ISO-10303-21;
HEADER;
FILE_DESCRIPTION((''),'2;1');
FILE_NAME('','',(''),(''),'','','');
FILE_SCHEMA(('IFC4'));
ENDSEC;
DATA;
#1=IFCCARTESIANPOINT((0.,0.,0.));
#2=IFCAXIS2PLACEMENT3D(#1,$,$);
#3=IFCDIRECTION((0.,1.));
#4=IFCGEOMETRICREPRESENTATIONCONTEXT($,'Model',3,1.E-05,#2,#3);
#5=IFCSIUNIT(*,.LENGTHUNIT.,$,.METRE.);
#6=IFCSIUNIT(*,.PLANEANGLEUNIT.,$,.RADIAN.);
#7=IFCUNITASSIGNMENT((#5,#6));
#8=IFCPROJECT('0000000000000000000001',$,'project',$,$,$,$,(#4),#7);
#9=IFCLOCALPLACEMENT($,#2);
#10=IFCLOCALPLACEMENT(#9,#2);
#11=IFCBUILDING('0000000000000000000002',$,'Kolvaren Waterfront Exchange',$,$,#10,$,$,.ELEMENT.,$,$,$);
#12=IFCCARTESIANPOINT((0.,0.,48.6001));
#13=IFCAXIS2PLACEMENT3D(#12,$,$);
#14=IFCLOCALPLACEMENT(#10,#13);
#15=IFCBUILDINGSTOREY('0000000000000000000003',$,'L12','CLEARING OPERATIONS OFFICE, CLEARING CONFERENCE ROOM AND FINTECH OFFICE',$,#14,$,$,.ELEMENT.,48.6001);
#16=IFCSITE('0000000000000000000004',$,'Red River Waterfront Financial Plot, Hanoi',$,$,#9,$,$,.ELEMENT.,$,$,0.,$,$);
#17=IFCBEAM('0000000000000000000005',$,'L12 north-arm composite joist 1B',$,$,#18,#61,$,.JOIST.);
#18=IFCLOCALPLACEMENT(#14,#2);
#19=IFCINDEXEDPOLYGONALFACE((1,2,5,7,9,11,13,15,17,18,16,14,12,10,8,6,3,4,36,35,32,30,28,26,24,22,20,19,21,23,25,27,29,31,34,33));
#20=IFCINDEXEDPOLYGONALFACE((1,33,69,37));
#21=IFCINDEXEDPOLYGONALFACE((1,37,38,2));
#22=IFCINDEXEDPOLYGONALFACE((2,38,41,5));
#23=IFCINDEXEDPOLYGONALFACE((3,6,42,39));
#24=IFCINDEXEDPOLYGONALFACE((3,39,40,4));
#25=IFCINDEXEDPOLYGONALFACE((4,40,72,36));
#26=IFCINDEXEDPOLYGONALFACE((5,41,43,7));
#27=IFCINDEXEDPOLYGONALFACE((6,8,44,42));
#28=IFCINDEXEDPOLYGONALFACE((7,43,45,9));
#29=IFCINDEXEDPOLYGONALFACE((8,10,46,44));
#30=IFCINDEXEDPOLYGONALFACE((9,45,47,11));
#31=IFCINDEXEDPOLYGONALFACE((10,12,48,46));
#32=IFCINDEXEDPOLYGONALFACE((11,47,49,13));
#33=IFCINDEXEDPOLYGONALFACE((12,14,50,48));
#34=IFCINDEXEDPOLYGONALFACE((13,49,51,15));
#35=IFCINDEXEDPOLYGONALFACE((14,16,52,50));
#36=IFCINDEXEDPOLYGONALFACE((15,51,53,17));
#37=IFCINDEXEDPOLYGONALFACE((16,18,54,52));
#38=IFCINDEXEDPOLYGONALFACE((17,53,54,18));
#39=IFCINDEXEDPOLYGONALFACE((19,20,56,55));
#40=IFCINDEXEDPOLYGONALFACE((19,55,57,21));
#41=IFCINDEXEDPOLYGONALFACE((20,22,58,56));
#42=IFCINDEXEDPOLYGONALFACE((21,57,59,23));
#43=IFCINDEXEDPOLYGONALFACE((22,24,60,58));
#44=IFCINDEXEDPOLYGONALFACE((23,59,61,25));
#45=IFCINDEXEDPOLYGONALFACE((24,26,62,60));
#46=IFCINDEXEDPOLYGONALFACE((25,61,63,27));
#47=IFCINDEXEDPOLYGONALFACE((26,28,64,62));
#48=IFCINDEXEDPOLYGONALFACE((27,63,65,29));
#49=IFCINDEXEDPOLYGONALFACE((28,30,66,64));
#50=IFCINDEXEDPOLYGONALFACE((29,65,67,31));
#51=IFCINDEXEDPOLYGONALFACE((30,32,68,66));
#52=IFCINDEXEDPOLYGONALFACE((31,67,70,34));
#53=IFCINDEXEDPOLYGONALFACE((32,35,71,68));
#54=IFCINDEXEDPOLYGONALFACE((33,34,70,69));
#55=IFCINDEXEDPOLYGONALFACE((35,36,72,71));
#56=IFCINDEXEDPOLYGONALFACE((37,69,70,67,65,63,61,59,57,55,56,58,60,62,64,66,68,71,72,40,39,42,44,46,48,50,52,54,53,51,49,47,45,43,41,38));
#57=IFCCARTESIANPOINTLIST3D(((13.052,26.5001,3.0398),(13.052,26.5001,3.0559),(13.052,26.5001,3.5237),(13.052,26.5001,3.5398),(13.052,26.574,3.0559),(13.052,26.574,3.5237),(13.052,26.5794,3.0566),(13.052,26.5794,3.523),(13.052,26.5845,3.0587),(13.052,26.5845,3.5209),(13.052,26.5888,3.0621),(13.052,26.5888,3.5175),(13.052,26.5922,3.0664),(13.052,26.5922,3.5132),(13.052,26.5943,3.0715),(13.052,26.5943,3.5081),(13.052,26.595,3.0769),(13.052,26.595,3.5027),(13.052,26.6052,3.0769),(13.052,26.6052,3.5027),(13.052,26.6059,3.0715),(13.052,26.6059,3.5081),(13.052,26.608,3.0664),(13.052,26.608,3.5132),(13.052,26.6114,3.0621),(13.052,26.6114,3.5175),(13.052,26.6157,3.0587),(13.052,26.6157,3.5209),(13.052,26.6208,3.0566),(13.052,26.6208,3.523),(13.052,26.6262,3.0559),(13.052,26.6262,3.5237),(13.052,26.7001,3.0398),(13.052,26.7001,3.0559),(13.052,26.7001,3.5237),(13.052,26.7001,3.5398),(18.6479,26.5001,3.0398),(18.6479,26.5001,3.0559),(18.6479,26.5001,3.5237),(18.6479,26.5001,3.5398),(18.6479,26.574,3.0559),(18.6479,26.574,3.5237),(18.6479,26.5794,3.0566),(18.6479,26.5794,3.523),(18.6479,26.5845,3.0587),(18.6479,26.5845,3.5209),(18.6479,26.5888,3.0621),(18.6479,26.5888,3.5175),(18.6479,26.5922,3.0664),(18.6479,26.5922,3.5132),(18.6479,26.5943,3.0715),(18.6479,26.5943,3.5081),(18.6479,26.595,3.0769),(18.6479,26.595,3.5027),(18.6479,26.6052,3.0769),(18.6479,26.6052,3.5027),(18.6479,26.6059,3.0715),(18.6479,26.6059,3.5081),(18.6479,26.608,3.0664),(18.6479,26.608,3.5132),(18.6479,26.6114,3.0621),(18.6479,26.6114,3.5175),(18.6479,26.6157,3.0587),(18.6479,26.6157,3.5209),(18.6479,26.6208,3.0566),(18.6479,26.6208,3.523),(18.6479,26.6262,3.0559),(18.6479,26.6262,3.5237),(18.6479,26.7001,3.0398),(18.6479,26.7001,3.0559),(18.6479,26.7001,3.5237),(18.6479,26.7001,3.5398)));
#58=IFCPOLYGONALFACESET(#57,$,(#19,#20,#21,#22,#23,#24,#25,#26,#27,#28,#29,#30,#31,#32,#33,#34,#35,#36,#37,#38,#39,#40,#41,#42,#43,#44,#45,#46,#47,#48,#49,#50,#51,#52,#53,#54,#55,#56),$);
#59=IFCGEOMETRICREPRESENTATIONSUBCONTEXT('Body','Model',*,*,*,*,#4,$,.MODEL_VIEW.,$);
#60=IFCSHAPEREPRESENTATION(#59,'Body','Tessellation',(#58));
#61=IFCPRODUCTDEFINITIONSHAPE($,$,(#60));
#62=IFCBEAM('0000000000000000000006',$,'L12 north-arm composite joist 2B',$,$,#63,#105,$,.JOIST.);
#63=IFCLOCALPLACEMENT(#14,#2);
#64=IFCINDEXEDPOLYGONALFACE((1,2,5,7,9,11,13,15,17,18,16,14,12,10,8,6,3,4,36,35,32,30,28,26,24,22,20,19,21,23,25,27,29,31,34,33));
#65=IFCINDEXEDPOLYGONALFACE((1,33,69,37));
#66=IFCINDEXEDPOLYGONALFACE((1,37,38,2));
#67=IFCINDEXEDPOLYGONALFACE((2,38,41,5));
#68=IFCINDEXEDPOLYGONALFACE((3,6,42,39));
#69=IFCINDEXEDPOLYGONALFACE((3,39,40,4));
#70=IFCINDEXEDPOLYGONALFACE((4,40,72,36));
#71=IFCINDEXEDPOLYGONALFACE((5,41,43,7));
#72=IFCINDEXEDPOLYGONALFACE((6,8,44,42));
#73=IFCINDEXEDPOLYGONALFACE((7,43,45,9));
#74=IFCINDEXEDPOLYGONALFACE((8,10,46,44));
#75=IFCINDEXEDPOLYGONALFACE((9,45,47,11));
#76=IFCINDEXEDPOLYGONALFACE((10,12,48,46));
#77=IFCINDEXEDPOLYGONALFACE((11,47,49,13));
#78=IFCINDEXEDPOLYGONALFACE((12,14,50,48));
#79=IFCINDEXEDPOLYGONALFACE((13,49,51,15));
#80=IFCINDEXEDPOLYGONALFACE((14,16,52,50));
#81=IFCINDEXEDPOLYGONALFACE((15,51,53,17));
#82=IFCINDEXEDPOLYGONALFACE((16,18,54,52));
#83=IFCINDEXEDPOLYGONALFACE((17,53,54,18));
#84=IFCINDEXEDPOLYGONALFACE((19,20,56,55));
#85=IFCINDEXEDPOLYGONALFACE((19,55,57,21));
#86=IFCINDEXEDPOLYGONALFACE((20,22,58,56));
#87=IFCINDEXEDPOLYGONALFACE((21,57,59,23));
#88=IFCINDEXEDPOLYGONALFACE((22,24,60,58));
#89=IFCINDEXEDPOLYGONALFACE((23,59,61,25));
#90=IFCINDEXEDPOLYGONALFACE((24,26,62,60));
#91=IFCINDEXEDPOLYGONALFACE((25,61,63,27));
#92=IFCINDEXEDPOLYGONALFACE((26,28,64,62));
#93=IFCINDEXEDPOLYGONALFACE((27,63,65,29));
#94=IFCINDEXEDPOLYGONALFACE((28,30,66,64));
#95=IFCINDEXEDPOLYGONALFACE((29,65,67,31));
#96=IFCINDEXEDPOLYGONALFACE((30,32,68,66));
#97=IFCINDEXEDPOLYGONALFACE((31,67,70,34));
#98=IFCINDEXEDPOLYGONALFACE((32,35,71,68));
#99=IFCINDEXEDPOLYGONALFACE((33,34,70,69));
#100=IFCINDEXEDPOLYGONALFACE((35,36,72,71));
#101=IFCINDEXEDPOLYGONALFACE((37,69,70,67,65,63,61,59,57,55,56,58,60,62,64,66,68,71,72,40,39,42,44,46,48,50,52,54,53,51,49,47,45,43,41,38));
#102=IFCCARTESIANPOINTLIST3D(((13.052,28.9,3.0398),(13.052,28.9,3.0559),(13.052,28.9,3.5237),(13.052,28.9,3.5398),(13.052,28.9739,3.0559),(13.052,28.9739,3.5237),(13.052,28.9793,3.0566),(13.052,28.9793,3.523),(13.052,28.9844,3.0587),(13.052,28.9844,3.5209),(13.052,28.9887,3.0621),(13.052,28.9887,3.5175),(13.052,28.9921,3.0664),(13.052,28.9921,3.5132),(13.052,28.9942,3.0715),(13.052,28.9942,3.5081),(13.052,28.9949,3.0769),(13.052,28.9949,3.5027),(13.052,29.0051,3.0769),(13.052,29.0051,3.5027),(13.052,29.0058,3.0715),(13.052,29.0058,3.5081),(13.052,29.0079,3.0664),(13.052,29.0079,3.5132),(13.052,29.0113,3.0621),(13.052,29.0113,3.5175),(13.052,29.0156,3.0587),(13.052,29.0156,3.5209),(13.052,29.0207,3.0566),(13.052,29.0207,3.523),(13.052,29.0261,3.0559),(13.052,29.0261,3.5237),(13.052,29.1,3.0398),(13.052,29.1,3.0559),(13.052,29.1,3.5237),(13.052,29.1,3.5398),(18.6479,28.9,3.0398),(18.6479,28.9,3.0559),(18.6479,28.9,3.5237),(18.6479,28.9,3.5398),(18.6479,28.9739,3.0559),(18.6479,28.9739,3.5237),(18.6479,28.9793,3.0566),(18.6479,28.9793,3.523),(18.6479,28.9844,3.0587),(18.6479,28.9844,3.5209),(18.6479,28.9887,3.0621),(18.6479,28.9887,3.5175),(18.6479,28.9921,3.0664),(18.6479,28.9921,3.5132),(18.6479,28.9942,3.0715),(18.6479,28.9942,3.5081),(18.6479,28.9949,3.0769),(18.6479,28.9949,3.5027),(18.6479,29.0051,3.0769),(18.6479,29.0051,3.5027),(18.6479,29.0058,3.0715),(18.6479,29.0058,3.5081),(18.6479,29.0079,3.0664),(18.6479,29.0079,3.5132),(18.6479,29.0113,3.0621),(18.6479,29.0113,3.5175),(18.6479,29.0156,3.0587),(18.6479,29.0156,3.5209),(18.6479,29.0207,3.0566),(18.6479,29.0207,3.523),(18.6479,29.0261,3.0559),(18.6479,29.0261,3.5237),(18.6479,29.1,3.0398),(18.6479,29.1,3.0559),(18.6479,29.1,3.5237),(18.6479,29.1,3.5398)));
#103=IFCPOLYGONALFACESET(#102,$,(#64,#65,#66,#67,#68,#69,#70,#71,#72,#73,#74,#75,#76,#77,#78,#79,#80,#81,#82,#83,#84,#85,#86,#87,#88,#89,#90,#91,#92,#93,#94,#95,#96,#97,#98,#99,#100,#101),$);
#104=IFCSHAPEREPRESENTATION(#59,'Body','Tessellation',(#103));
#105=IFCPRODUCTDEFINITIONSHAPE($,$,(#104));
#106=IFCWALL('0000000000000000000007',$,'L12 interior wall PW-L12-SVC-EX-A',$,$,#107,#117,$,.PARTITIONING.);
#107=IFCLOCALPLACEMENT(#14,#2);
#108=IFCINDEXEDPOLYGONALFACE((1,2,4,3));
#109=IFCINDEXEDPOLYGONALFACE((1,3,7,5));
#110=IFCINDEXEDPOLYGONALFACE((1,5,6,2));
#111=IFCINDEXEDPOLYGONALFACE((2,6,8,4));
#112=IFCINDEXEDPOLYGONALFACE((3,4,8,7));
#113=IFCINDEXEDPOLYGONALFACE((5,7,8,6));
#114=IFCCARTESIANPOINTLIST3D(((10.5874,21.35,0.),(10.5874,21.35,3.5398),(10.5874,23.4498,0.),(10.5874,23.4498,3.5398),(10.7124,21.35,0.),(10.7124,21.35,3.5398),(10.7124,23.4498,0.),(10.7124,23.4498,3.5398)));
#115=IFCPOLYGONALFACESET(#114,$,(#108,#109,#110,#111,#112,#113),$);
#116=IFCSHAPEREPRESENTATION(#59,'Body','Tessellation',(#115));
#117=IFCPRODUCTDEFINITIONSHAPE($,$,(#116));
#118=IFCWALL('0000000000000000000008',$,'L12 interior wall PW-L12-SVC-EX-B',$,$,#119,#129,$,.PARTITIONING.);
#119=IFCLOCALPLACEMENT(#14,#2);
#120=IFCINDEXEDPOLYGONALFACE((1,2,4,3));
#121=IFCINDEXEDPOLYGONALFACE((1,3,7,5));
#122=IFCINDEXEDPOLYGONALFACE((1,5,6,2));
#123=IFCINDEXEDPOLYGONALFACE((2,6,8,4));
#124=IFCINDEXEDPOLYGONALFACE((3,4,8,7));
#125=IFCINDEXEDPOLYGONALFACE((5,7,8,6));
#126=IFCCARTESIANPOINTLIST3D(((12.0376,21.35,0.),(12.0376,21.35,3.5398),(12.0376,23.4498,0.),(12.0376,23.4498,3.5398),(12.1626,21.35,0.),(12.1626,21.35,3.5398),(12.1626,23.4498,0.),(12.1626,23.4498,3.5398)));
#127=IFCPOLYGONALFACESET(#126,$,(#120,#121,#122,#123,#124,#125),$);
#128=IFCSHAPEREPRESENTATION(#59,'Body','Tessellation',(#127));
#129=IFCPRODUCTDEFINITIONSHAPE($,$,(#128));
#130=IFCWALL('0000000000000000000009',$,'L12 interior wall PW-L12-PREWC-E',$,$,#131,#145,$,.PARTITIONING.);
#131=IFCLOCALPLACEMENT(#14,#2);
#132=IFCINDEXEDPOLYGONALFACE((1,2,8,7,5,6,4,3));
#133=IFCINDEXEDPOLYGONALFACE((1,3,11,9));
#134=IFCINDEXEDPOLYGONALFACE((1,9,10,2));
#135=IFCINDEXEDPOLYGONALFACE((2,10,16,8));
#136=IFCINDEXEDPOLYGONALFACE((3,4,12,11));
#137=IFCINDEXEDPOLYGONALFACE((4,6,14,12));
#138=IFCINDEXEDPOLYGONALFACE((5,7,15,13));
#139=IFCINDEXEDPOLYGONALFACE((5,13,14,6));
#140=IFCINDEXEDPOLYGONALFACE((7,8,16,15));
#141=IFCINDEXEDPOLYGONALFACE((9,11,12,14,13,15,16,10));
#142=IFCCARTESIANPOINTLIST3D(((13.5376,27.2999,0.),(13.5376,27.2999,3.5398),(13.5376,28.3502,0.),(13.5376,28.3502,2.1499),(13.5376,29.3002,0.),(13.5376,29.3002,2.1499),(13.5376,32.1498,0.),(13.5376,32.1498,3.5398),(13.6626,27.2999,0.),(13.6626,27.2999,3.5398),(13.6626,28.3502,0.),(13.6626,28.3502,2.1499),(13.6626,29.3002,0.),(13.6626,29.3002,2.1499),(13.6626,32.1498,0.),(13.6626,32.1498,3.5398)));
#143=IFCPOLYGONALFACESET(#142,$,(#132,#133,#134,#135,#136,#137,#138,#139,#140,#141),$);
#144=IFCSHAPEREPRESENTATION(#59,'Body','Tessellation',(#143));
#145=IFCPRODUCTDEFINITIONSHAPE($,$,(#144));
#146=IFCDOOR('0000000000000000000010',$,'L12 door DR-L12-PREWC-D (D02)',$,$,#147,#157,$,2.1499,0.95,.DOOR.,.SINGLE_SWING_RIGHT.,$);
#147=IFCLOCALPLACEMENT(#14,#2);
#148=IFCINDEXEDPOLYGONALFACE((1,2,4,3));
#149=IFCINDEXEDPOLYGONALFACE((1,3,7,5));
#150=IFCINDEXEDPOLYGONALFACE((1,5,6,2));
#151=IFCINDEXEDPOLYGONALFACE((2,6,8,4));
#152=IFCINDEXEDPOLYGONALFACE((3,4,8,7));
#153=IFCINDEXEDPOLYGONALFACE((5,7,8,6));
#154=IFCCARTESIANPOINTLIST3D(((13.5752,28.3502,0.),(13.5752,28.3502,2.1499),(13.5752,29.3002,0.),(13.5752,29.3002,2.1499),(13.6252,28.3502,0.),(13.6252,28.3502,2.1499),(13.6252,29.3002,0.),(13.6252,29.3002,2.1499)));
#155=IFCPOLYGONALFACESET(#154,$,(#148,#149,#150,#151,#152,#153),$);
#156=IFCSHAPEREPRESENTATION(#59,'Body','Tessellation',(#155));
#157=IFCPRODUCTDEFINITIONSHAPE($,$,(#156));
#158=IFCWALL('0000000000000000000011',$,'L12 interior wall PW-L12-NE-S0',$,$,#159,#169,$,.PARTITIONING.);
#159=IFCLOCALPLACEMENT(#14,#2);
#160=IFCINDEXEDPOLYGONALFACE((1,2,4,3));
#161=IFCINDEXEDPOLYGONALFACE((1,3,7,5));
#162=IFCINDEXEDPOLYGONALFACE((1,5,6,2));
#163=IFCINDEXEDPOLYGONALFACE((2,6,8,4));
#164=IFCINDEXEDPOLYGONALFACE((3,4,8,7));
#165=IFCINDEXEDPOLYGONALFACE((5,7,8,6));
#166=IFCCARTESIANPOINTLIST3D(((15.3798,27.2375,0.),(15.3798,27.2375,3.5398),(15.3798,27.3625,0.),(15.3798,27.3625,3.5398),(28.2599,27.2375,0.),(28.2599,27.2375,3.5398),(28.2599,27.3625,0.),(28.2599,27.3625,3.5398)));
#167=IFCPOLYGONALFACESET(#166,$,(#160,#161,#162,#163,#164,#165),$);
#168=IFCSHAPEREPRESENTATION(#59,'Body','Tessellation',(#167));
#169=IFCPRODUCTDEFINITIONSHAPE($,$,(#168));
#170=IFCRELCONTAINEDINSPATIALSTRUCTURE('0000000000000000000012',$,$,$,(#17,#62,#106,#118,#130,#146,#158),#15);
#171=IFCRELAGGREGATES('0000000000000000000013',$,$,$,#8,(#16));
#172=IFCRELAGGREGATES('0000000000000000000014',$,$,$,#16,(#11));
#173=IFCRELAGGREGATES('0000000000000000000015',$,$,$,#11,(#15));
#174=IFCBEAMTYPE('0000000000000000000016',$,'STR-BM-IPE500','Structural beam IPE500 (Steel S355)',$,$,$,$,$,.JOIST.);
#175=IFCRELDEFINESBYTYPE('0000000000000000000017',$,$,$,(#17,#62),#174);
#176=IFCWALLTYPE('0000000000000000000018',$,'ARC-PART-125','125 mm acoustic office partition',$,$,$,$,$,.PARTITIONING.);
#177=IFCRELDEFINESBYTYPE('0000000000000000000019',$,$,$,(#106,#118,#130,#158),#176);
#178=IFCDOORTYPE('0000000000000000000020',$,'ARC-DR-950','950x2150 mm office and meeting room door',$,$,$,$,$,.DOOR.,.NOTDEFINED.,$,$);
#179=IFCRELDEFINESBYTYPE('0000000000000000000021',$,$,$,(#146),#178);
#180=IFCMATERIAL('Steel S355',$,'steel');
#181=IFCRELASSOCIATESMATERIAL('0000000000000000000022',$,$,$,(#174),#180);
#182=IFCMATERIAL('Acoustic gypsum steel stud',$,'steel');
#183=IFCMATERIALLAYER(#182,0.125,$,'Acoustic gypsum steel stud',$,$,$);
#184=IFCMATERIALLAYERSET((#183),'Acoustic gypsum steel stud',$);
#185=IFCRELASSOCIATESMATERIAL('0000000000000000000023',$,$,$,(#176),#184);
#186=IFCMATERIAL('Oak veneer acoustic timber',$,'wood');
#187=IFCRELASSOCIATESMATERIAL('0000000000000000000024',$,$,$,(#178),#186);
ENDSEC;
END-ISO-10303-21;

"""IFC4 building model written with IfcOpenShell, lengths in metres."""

from ifc_helpers import new_model, si_unit, direction, frame, frame_2d, origin, origin_2d, place, context, subcontext, project, spatial, rectangle, i_section, extrude, material, layer, layer_set, material_profile, profile_set, type_object, element, fill, save


model = new_model("IFC4")

# Units and contexts
model_context = context("Model", 3, precision=1e-05, world=origin(), true_north=direction((0.0, 1.0)))
body_context = subcontext(model_context, "Body", "Model", "MODEL_VIEW")
ifc_project = project(units=[si_unit("LENGTHUNIT", "METRE"), si_unit("PLANEANGLEUNIT", "RADIAN")], contexts=[model_context])

# Site, building, storey
site_placement = place(None, origin())
site = spatial("IfcSite", under=ifc_project, at=site_placement, Name="Red River Waterfront Financial Plot, Hanoi", CompositionType="ELEMENT", RefElevation=0.0)
building_placement = place(site_placement, origin())
building = spatial("IfcBuilding", under=site, at=building_placement, Name="Kolvaren Waterfront Exchange", CompositionType="ELEMENT")
storey_placement = place(building_placement, frame((0.0, 0.0, 48.6001)))
storey = spatial("IfcBuildingStorey", under=building, at=storey_placement, Name="L12", Description="CLEARING OPERATIONS OFFICE, CLEARING CONFERENCE ROOM AND FINTECH OFFICE", CompositionType="ELEMENT", Elevation=48.6001)

# Beams
ifc_material_1 = material(Name="Steel S355", Category="steel")
ifc_material_profile_1 = material_profile(ifc_material_1, i_section(OverallWidth=0.2, OverallDepth=0.5, WebThickness=0.0103, FlangeThickness=0.0161, FilletRadius=0.021, at=origin_2d()), Name="IPE500")
ifc_profile_set_1 = profile_set([ifc_material_profile_1], Name="Steel S355")
beam_type_1 = type_object("IfcBeamType", Name="STR-BM-IPE500", Description="Structural beam IPE500 (Steel S355)", PredefinedType="JOIST", material=ifc_profile_set_1)
for number, where, z_axis, x_axis, name in (
    (1, (13.052, 26.6001, 3.2898), (1.0, 0.0, 0.0), (0.0, 1.0, 0.0), "L12 north-arm composite joist 1B"),
    (2, (13.052, 29.0, 3.2898), (1.0, 0.0, 0.0), (0.0, 1.0, 0.0), "L12 north-arm composite joist 2B"),
):
    element("IfcBeam", number, at=place(storey_placement, frame(where, z_axis=z_axis, x_axis=x_axis)), inside=storey, type_object=beam_type_1, Name=name, PredefinedType="JOIST", context=body_context, shape_type="SweptSolid", body=[
        extrude(i_section(OverallWidth=0.2, OverallDepth=0.5, WebThickness=0.0103, FlangeThickness=0.0161, FilletRadius=0.021, at=origin_2d()), origin(), (0.0, 0.0, 1.0), 5.5959),
    ])

# Shared definitions
ifc_material_2 = material(Name="Acoustic gypsum steel stud", Category="steel")
ifc_layer_1 = layer(ifc_material_2, 0.125, Name="Acoustic gypsum steel stud")
ifc_layer_set_1 = layer_set([ifc_layer_1], Name="Acoustic gypsum steel stud")
wall_type_1 = type_object("IfcWallType", Name="ARC-PART-125", Description="125 mm acoustic office partition", PredefinedType="PARTITIONING", material=ifc_layer_set_1)

# Walls
for number, where, z_axis, x_axis, name in (
    (3, (10.6499, 21.3501, 0.0), (0.0, 0.0, 1.0), (0.0, 1.0, 0.0), "L12 interior wall PW-L12-SVC-EX-A"),
    (4, (12.1001, 21.3501, 0.0), (0.0, 0.0, 1.0), (0.0, 1.0, 0.0), "L12 interior wall PW-L12-SVC-EX-B"),
):
    element("IfcWall", number, at=place(storey_placement, frame(where, z_axis=z_axis, x_axis=x_axis)), inside=storey, type_object=wall_type_1, Name=name, PredefinedType="PARTITIONING", context=body_context, shape_type="SweptSolid", body=[
        extrude(rectangle(XDim=2.0999, YDim=0.125, at=frame_2d((1.0498, 0.0))), origin(), (0.0, 0.0, 1.0), 3.5398),
    ])

# Wall, opening, door
wall_1_placement = place(storey_placement, frame((13.6001, 27.3, 0.0), z_axis=(0.0, 0.0, 1.0), x_axis=(0.0, 1.0, 0.0)))
wall_1 = element("IfcWall", 5, at=wall_1_placement, inside=storey, type_object=wall_type_1, Name="L12 interior wall PW-L12-PREWC-E", PredefinedType="PARTITIONING", context=body_context, shape_type="SweptSolid", body=[
    extrude(rectangle(XDim=4.8499, YDim=0.125, at=frame_2d((2.4248, 0.0))), origin(), (0.0, 0.0, 1.0), 3.5398),
])
opening_1_placement = place(wall_1_placement, frame((1.05, 0.0, 0.0)))
opening_1 = element("IfcOpeningElement", 6, at=opening_1_placement, cuts=wall_1, PredefinedType="OPENING", context=body_context, shape_type="SweptSolid", body=[
    extrude(rectangle(XDim=0.95, YDim=2.1499, at=frame_2d((0.4751, 1.075))), frame((0.0, 0.0725, 0.0), z_axis=(0.0, -1.0, 0.0), x_axis=(1.0, 0.0, 0.0)), (0.0, 0.0, 1.0), 0.145),
])
ifc_material_3 = material(Name="Oak veneer acoustic timber", Category="wood")
door_type_1 = type_object("IfcDoorType", Name="ARC-DR-950", Description="950x2150 mm office and meeting room door", OperationType="NOTDEFINED", PredefinedType="DOOR", material=ifc_material_3)
door_1_placement = place(opening_1_placement, origin())
door_1 = element("IfcDoor", 7, at=door_1_placement, inside=storey, type_object=door_type_1, Name="L12 door DR-L12-PREWC-D (D02)", OperationType="SINGLE_SWING_RIGHT", OverallHeight=2.1499, OverallWidth=0.95, PredefinedType="DOOR", context=body_context, shape_type="SweptSolid", body=[
    extrude(rectangle(XDim=0.95, YDim=2.1499, at=frame_2d((0.4751, 1.075))), frame((0.0, 0.0249, 0.0), z_axis=(0.0, -1.0, 0.0), x_axis=(1.0, 0.0, 0.0)), (0.0, 0.0, 1.0), 0.05),
])
fill(opening_1, door_1)

# Wall
wall_2_placement = place(storey_placement, frame((15.3799, 27.3, 0.0), z_axis=(0.0, 0.0, 1.0), x_axis=(1.0, 0.0, 0.0)))
element("IfcWall", 8, at=wall_2_placement, inside=storey, type_object=wall_type_1, Name="L12 interior wall PW-L12-NE-S0", PredefinedType="PARTITIONING", context=body_context, shape_type="SweptSolid", body=[
    extrude(rectangle(XDim=12.8801, YDim=0.125, at=frame_2d((6.4399, 0.0))), origin(), (0.0, 0.0, 1.0), 3.5398),
])

save(model, "model.ifc")
